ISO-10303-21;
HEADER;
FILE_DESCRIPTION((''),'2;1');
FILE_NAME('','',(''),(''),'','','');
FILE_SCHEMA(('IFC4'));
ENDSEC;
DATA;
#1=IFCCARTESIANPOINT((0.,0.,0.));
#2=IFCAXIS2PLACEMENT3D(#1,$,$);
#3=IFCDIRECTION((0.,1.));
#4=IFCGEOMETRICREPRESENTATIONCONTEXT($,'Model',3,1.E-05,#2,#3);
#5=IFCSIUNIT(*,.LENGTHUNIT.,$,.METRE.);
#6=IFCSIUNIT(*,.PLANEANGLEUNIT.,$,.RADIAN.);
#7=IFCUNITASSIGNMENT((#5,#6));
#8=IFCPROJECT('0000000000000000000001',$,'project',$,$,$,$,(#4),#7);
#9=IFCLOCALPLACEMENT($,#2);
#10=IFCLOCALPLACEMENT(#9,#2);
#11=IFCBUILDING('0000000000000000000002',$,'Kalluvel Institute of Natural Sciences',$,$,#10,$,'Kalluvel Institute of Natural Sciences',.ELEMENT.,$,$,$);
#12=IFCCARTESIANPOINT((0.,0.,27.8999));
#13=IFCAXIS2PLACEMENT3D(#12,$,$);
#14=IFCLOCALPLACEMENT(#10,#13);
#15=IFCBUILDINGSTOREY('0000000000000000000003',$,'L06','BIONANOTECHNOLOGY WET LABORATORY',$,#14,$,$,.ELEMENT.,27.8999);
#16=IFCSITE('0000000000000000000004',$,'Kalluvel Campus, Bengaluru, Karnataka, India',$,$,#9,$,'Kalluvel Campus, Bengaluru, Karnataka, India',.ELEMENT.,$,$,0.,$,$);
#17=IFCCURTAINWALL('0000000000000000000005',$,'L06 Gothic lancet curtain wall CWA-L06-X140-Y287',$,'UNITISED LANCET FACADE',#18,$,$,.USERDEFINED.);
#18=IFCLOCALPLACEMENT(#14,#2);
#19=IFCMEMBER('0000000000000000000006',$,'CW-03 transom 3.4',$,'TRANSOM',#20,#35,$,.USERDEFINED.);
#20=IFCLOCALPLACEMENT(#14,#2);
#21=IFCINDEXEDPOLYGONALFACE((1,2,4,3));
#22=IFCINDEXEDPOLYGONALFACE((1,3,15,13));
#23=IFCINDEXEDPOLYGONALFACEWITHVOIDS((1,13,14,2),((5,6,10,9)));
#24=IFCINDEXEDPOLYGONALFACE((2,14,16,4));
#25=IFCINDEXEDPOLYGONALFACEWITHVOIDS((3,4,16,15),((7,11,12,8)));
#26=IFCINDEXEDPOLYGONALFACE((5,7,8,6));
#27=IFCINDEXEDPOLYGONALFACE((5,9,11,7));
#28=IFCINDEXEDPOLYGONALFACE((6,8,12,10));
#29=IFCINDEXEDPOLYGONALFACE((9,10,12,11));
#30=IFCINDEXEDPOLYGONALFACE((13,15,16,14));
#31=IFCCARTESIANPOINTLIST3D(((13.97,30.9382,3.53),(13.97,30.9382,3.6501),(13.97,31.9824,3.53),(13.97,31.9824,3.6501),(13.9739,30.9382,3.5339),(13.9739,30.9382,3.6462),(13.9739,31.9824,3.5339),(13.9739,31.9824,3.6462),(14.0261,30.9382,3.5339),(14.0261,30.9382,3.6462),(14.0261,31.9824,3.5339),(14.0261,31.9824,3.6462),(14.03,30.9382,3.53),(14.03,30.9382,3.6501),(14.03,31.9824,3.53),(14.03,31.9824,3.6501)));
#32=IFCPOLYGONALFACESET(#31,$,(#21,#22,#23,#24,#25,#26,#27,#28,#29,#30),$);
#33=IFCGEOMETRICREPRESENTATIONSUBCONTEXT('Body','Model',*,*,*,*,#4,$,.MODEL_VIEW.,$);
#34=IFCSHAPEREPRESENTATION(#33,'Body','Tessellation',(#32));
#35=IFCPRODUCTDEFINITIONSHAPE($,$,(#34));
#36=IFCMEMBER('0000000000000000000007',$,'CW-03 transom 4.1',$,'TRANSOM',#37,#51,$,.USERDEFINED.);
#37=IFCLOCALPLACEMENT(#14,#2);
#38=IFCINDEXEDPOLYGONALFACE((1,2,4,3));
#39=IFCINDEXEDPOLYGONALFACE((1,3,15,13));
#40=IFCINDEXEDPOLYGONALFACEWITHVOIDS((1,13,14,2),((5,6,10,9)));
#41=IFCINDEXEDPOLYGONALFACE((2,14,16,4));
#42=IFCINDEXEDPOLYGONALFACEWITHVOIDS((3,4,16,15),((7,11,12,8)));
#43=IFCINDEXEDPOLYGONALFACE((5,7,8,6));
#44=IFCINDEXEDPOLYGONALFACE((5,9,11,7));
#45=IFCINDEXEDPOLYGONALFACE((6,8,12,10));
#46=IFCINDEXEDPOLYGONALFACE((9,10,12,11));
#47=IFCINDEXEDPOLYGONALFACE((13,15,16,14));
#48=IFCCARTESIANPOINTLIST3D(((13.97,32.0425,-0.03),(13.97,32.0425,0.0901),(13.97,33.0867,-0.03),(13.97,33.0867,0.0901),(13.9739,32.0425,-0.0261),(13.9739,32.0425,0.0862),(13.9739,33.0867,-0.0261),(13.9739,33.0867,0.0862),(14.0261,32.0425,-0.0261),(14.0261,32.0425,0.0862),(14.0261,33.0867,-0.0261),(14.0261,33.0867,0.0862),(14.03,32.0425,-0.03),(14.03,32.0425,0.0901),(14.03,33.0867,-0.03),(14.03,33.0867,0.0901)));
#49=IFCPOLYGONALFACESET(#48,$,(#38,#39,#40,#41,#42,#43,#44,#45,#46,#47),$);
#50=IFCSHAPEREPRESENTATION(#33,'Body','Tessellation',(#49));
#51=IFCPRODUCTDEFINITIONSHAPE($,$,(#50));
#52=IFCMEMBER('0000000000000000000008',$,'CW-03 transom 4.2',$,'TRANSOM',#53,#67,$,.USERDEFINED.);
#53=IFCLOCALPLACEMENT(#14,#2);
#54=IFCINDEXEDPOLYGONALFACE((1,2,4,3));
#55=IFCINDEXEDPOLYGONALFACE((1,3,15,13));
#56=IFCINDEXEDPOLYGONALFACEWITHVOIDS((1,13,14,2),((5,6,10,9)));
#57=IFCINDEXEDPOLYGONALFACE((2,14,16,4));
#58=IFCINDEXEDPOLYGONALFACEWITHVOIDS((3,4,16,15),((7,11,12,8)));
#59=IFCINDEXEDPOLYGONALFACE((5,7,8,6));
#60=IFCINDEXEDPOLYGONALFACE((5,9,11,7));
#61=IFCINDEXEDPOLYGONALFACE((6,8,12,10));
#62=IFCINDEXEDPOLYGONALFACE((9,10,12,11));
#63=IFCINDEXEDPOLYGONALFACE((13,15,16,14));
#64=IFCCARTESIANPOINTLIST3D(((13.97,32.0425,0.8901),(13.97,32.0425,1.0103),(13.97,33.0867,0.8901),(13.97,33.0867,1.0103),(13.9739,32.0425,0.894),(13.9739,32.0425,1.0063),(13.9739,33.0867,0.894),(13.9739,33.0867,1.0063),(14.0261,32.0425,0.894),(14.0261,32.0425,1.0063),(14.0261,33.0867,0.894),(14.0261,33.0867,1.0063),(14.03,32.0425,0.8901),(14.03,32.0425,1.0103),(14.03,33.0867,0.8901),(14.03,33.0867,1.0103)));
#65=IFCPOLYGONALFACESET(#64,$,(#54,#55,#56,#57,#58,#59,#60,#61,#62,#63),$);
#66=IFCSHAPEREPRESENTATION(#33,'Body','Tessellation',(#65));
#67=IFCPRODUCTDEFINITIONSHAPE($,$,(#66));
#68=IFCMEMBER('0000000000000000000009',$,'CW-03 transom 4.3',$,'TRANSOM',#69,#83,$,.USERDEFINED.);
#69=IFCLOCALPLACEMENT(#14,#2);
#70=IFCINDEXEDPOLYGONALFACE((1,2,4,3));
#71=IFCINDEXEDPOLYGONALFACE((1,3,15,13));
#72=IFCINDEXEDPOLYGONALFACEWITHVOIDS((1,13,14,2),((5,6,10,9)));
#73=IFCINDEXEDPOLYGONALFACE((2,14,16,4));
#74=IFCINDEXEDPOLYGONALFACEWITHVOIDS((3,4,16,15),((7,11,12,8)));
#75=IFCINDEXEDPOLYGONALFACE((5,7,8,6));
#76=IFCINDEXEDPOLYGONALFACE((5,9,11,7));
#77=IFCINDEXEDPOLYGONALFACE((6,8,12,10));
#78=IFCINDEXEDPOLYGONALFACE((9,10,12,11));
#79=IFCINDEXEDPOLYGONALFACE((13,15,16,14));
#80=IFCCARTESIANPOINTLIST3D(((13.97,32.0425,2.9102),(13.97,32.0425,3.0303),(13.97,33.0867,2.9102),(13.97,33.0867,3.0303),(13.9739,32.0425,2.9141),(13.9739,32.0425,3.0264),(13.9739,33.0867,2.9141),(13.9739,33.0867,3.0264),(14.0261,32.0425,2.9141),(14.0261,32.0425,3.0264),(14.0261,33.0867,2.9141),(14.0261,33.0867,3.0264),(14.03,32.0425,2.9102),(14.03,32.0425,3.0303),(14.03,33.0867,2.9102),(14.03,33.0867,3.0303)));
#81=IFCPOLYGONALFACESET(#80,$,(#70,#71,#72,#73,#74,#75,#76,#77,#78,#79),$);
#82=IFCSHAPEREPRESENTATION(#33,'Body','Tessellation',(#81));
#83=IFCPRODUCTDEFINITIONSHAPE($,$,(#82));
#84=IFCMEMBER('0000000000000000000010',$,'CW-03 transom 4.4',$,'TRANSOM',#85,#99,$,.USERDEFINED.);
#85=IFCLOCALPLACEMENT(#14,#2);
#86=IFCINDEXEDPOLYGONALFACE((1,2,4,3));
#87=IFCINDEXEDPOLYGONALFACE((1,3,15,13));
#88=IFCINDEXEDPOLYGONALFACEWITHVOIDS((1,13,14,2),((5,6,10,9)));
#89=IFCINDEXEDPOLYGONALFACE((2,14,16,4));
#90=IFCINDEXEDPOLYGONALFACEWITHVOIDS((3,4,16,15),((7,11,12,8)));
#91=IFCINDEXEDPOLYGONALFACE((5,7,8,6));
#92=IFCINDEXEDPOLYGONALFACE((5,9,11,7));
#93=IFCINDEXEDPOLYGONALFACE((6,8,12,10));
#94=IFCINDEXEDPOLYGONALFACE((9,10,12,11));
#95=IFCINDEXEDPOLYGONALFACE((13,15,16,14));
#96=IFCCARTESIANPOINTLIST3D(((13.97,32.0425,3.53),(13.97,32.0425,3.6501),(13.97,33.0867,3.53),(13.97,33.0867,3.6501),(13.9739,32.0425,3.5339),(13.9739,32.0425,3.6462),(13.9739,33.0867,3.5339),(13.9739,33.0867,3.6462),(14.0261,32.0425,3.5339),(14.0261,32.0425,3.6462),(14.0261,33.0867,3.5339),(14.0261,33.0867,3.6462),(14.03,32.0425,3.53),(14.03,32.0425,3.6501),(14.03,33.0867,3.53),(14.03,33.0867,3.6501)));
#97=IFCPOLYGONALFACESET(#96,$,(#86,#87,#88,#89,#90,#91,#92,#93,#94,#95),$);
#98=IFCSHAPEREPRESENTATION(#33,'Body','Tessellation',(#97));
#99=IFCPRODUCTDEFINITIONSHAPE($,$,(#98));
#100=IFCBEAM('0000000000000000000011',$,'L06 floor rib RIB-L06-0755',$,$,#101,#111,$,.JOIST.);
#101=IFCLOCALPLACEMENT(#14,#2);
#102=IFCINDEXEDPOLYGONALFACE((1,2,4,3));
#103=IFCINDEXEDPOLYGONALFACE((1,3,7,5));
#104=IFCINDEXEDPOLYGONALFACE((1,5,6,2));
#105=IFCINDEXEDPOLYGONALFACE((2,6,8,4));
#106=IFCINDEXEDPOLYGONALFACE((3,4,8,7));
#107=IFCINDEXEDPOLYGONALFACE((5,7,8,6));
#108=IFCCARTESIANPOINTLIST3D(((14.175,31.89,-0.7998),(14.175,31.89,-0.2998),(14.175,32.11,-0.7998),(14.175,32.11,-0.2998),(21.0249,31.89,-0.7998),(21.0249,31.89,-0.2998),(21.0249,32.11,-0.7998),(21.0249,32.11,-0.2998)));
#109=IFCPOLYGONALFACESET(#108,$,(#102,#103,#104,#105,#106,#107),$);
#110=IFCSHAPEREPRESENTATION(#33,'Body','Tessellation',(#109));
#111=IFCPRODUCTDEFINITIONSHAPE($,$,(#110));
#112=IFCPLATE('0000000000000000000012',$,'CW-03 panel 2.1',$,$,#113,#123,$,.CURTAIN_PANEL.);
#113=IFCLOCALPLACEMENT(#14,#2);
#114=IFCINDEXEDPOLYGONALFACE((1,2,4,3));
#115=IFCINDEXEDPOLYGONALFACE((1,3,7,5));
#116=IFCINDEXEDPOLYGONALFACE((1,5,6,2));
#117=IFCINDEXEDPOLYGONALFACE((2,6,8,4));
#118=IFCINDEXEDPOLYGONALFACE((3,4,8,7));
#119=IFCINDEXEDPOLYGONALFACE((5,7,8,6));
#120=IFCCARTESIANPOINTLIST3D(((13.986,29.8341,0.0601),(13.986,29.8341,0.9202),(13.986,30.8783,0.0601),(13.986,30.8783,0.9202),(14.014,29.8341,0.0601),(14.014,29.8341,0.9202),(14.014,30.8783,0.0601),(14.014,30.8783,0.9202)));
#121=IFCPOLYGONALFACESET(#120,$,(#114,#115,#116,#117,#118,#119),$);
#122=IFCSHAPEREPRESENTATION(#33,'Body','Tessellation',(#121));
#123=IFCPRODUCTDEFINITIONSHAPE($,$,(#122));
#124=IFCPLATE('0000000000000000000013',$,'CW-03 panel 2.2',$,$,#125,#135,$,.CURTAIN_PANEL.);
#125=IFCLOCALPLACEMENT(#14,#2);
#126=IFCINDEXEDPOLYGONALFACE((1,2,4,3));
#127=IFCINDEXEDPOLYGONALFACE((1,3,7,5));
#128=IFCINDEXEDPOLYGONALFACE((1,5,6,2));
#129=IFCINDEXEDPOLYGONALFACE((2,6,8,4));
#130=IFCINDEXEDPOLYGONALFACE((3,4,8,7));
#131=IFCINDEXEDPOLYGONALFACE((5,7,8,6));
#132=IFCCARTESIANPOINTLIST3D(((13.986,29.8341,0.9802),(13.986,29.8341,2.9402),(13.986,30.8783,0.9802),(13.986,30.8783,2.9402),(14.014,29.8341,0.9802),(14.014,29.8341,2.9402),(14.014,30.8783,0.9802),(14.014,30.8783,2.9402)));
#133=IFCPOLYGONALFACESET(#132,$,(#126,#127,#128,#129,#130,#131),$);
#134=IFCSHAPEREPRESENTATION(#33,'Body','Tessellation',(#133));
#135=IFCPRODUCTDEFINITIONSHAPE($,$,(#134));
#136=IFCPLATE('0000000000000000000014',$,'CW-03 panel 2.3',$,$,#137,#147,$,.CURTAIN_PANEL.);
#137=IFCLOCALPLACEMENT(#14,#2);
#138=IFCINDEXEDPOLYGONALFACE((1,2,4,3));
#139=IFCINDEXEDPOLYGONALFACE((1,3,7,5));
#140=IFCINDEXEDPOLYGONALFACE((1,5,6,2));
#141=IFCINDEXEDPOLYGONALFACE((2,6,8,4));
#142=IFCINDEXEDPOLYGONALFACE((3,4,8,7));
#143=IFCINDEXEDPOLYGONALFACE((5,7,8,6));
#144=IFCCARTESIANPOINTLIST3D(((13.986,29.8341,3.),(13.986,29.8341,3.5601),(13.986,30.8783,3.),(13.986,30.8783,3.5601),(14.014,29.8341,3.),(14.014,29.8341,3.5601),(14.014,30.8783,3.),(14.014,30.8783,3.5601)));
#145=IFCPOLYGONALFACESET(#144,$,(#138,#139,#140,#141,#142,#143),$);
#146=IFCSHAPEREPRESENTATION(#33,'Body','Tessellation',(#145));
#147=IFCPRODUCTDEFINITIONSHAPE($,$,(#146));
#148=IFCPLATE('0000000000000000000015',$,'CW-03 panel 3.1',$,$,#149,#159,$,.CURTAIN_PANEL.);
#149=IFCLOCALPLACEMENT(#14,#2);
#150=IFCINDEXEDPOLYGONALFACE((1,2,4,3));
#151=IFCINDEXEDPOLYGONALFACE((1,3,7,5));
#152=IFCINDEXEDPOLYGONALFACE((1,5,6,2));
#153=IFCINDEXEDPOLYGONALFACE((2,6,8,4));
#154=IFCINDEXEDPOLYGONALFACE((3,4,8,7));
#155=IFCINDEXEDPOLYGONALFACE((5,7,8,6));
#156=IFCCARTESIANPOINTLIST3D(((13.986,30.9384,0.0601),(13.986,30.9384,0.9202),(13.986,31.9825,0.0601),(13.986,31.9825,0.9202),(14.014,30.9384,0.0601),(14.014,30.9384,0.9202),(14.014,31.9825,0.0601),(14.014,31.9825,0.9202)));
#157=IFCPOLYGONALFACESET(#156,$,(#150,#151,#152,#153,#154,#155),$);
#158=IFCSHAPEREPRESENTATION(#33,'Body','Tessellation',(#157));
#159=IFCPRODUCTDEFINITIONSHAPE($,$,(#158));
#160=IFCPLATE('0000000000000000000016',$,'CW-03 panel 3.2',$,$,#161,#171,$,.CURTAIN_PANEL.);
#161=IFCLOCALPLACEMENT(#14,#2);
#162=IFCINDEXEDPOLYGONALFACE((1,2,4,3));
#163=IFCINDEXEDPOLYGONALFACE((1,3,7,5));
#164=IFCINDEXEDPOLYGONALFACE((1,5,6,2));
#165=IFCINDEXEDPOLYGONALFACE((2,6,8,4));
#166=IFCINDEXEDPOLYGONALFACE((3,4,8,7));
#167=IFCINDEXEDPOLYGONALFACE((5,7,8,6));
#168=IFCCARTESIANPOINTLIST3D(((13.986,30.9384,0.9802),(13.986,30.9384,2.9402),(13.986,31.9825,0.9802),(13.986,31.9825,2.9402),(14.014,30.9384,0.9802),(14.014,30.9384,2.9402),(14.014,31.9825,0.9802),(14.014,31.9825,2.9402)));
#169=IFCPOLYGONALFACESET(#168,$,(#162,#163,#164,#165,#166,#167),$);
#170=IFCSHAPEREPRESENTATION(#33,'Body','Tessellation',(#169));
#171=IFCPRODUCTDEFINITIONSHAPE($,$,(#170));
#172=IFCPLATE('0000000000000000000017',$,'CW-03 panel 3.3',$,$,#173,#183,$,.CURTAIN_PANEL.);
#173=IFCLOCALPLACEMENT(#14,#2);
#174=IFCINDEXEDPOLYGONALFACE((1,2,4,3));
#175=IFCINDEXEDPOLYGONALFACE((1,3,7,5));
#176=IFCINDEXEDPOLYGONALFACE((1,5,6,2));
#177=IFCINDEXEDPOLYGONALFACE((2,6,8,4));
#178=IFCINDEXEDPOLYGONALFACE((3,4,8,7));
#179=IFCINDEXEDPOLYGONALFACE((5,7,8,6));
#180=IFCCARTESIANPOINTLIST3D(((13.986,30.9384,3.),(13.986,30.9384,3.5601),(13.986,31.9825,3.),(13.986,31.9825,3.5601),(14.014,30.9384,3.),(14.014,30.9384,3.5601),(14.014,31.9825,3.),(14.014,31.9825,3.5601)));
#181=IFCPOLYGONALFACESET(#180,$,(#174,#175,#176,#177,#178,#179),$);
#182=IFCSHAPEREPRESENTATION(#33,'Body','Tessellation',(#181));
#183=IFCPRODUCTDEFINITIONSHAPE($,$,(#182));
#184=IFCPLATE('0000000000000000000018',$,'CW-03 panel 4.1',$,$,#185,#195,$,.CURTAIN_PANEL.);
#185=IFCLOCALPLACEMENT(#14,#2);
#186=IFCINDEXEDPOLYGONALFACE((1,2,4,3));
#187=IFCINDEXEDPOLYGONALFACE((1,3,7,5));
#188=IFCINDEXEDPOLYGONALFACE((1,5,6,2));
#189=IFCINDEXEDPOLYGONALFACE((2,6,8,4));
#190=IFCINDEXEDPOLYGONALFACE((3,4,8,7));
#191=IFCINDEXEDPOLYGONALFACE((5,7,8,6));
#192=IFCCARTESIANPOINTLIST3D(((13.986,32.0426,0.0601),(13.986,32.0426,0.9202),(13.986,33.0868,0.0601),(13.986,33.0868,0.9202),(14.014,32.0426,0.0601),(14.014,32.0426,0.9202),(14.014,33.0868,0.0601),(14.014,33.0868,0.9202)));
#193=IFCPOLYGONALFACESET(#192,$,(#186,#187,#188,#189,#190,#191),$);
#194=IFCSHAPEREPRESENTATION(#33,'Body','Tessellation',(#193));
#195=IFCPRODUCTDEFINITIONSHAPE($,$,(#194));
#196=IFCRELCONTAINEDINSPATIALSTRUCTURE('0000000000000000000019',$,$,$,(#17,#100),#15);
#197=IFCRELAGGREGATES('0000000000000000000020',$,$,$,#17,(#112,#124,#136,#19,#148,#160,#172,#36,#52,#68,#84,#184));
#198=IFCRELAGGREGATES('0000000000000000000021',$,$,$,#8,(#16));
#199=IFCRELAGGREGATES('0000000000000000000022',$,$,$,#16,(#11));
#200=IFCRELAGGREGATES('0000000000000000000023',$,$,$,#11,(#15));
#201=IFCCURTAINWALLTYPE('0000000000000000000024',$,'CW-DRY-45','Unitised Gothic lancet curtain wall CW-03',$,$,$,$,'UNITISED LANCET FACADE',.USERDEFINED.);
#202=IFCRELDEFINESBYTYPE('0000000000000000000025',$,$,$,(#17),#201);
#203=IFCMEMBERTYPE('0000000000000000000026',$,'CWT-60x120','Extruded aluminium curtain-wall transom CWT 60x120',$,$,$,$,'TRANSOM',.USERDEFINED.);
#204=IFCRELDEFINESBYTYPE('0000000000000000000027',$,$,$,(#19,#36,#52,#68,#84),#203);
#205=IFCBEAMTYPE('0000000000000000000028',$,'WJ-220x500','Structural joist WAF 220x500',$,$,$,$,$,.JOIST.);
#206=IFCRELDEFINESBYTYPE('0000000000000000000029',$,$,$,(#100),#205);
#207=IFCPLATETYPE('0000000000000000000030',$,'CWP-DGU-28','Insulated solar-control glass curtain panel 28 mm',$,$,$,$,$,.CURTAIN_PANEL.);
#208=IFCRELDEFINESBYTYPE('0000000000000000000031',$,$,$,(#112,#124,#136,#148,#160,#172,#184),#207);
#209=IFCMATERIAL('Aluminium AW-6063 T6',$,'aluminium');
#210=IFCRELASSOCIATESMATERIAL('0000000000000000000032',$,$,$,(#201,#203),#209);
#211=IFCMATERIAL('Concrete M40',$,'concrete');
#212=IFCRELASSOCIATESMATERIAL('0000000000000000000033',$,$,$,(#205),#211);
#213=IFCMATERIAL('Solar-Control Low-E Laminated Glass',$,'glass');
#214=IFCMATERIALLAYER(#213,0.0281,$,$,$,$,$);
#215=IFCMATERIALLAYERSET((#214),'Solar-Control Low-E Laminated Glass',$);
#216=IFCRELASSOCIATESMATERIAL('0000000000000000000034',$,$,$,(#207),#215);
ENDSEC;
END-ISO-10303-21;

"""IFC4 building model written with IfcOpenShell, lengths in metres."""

from ifc_helpers import new_model, si_unit, direction, frame, origin, origin_2d, place, context, subcontext, project, spatial, rectangle, hollow_rectangle, extrude, material, layer, layer_set, material_profile, profile_set, type_object, element, aggregate, save


model = new_model("IFC4")

# Units and contexts
model_context = context("Model", 3, precision=1e-05, world=origin(), true_north=direction((0.0, 1.0)))
body_context = subcontext(model_context, "Body", "Model", "MODEL_VIEW")
ifc_project = project(units=[si_unit("LENGTHUNIT", "METRE"), si_unit("PLANEANGLEUNIT", "RADIAN")], contexts=[model_context])

# Site, building, storey
site_placement = place(None, origin())
site = spatial("IfcSite", under=ifc_project, at=site_placement, Name="Kalluvel Campus, Bengaluru, Karnataka, India", LongName="Kalluvel Campus, Bengaluru, Karnataka, India", CompositionType="ELEMENT", RefElevation=0.0)
building_placement = place(site_placement, origin())
building = spatial("IfcBuilding", under=site, at=building_placement, Name="Kalluvel Institute of Natural Sciences", LongName="Kalluvel Institute of Natural Sciences", CompositionType="ELEMENT")
storey_placement = place(building_placement, frame((0.0, 0.0, 27.8999)))
storey = spatial("IfcBuildingStorey", under=building, at=storey_placement, Name="L06", Description="BIONANOTECHNOLOGY WET LABORATORY", CompositionType="ELEMENT", Elevation=27.8999)

# Curtain wall, members
ifc_material_1 = material(Name="Aluminium AW-6063 T6", Category="aluminium")
curtain_wall_type = type_object("IfcCurtainWallType", Name="CW-DRY-45", Description="Unitised Gothic lancet curtain wall CW-03", ElementType="UNITISED LANCET FACADE", PredefinedType="USERDEFINED", material=ifc_material_1)
curtain_wall_placement = place(storey_placement, origin())
curtain_wall = element("IfcCurtainWall", 1, at=curtain_wall_placement, inside=storey, type_object=curtain_wall_type, Name="L06 Gothic lancet curtain wall CWA-L06-X140-Y287", ObjectType="UNITISED LANCET FACADE", PredefinedType="USERDEFINED")
ifc_material_profile_1 = material_profile(ifc_material_1, hollow_rectangle(XDim=0.0601, YDim=0.1201, WallThickness=0.0039, at=origin_2d()), Name="CWT 60x120")
ifc_profile_set_1 = profile_set([ifc_material_profile_1], Name="Aluminium AW-6063 T6")
member_type_1 = type_object("IfcMemberType", Name="CWT-60x120", Description="Extruded aluminium curtain-wall transom CWT 60x120", ElementType="TRANSOM", PredefinedType="USERDEFINED", material=ifc_profile_set_1)
member_1_placement = place(storey_placement, frame((14.0, 30.9382, 3.5901), z_axis=(0.0, 1.0, 0.0), x_axis=(-1.0, 0.0, 0.0)))
member_1 = element("IfcMember", 2, at=member_1_placement, type_object=member_type_1, Name="CW-03 transom 3.4", ObjectType="TRANSOM", PredefinedType="USERDEFINED", context=body_context, shape_type="SweptSolid", body=[
    extrude(hollow_rectangle(XDim=0.0601, YDim=0.1201, WallThickness=0.0039, at=origin_2d()), origin(), (0.0, 0.0, 1.0), 1.0442),
])
member_2_placement = place(storey_placement, frame((14.0, 32.0425, 0.03), z_axis=(0.0, 1.0, 0.0), x_axis=(-1.0, 0.0, 0.0)))
member_2 = element("IfcMember", 3, at=member_2_placement, type_object=member_type_1, Name="CW-03 transom 4.1", ObjectType="TRANSOM", PredefinedType="USERDEFINED", context=body_context, shape_type="SweptSolid", body=[
    extrude(hollow_rectangle(XDim=0.0601, YDim=0.1201, WallThickness=0.0039, at=origin_2d()), origin(), (0.0, 0.0, 1.0), 1.0442),
])
member_3_placement = place(storey_placement, frame((14.0, 32.0425, 0.9502), z_axis=(0.0, 1.0, 0.0), x_axis=(-1.0, 0.0, 0.0)))
member_3 = element("IfcMember", 4, at=member_3_placement, type_object=member_type_1, Name="CW-03 transom 4.2", ObjectType="TRANSOM", PredefinedType="USERDEFINED", context=body_context, shape_type="SweptSolid", body=[
    extrude(hollow_rectangle(XDim=0.0601, YDim=0.1201, WallThickness=0.0039, at=origin_2d()), origin(), (0.0, 0.0, 1.0), 1.0442),
])
member_4_placement = place(storey_placement, frame((14.0, 32.0425, 2.9702), z_axis=(0.0, 1.0, 0.0), x_axis=(-1.0, 0.0, 0.0)))
member_4 = element("IfcMember", 5, at=member_4_placement, type_object=member_type_1, Name="CW-03 transom 4.3", ObjectType="TRANSOM", PredefinedType="USERDEFINED", context=body_context, shape_type="SweptSolid", body=[
    extrude(hollow_rectangle(XDim=0.0601, YDim=0.1201, WallThickness=0.0039, at=origin_2d()), origin(), (0.0, 0.0, 1.0), 1.0442),
])
member_5_placement = place(storey_placement, frame((14.0, 32.0425, 3.5901), z_axis=(0.0, 1.0, 0.0), x_axis=(-1.0, 0.0, 0.0)))
member_5 = element("IfcMember", 6, at=member_5_placement, type_object=member_type_1, Name="CW-03 transom 4.4", ObjectType="TRANSOM", PredefinedType="USERDEFINED", context=body_context, shape_type="SweptSolid", body=[
    extrude(hollow_rectangle(XDim=0.0601, YDim=0.1201, WallThickness=0.0039, at=origin_2d()), origin(), (0.0, 0.0, 1.0), 1.0442),
])

# Beam
ifc_material_2 = material(Name="Concrete M40", Category="concrete")
ifc_material_profile_2 = material_profile(ifc_material_2, rectangle(XDim=0.22, YDim=0.5, at=origin_2d()), Name="WAF 220x500")
ifc_profile_set_2 = profile_set([ifc_material_profile_2], Name="Concrete M40")
beam_type = type_object("IfcBeamType", Name="WJ-220x500", Description="Structural joist WAF 220x500", PredefinedType="JOIST", material=ifc_profile_set_2)
beam_placement = place(storey_placement, frame((14.175, 32.0, -0.5498), z_axis=(1.0, 0.0, 0.0), x_axis=(0.0, 1.0, 0.0)))
element("IfcBeam", 7, at=beam_placement, inside=storey, type_object=beam_type, Name="L06 floor rib RIB-L06-0755", PredefinedType="JOIST", context=body_context, shape_type="SweptSolid", body=[
    extrude(rectangle(XDim=0.22, YDim=0.5, at=origin_2d()), origin(), (0.0, 0.0, 1.0), 6.8499),
])

# Plates
ifc_material_3 = material(Name="Solar-Control Low-E Laminated Glass", Category="glass")
ifc_layer = layer(ifc_material_3, 0.0281)
ifc_layer_set = layer_set([ifc_layer], Name="Solar-Control Low-E Laminated Glass")
plate_type = type_object("IfcPlateType", Name="CWP-DGU-28", Description="Insulated solar-control glass curtain panel 28 mm", PredefinedType="CURTAIN_PANEL", material=ifc_layer_set)
plate_1_placement = place(storey_placement, frame((14.0, 30.3562, 0.0601), z_axis=(0.0, 0.0, 1.0), x_axis=(0.0, 1.0, 0.0)))
plate_1 = element("IfcPlate", 8, at=plate_1_placement, type_object=plate_type, Name="CW-03 panel 2.1", PredefinedType="CURTAIN_PANEL", context=body_context, shape_type="SweptSolid", body=[
    extrude(rectangle(XDim=1.0442, YDim=0.0281, at=origin_2d()), origin(), (0.0, 0.0, 1.0), 0.8601),
])
plate_2_placement = place(storey_placement, frame((14.0, 30.3562, 0.9802), z_axis=(0.0, 0.0, 1.0), x_axis=(0.0, 1.0, 0.0)))
plate_2 = element("IfcPlate", 9, at=plate_2_placement, type_object=plate_type, Name="CW-03 panel 2.2", PredefinedType="CURTAIN_PANEL", context=body_context, shape_type="SweptSolid", body=[
    extrude(rectangle(XDim=1.0442, YDim=0.0281, at=origin_2d()), origin(), (0.0, 0.0, 1.0), 1.96),
])
plate_3_placement = place(storey_placement, frame((14.0, 30.3562, 3.0), z_axis=(0.0, 0.0, 1.0), x_axis=(0.0, 1.0, 0.0)))
plate_3 = element("IfcPlate", 10, at=plate_3_placement, type_object=plate_type, Name="CW-03 panel 2.3", PredefinedType="CURTAIN_PANEL", context=body_context, shape_type="SweptSolid", body=[
    extrude(rectangle(XDim=1.0442, YDim=0.0281, at=origin_2d()), origin(), (0.0, 0.0, 1.0), 0.5601),
])
plate_4_placement = place(storey_placement, frame((14.0, 31.4604, 0.0601), z_axis=(0.0, 0.0, 1.0), x_axis=(0.0, 1.0, 0.0)))
plate_4 = element("IfcPlate", 11, at=plate_4_placement, type_object=plate_type, Name="CW-03 panel 3.1", PredefinedType="CURTAIN_PANEL", context=body_context, shape_type="SweptSolid", body=[
    extrude(rectangle(XDim=1.0442, YDim=0.0281, at=origin_2d()), origin(), (0.0, 0.0, 1.0), 0.8601),
])
plate_5_placement = place(storey_placement, frame((14.0, 31.4604, 0.9802), z_axis=(0.0, 0.0, 1.0), x_axis=(0.0, 1.0, 0.0)))
plate_5 = element("IfcPlate", 12, at=plate_5_placement, type_object=plate_type, Name="CW-03 panel 3.2", PredefinedType="CURTAIN_PANEL", context=body_context, shape_type="SweptSolid", body=[
    extrude(rectangle(XDim=1.0442, YDim=0.0281, at=origin_2d()), origin(), (0.0, 0.0, 1.0), 1.96),
])
plate_6_placement = place(storey_placement, frame((14.0, 31.4604, 3.0), z_axis=(0.0, 0.0, 1.0), x_axis=(0.0, 1.0, 0.0)))
plate_6 = element("IfcPlate", 13, at=plate_6_placement, type_object=plate_type, Name="CW-03 panel 3.3", PredefinedType="CURTAIN_PANEL", context=body_context, shape_type="SweptSolid", body=[
    extrude(rectangle(XDim=1.0442, YDim=0.0281, at=origin_2d()), origin(), (0.0, 0.0, 1.0), 0.5601),
])
plate_7_placement = place(storey_placement, frame((14.0, 32.5647, 0.0601), z_axis=(0.0, 0.0, 1.0), x_axis=(0.0, 1.0, 0.0)))
plate_7 = element("IfcPlate", 14, at=plate_7_placement, type_object=plate_type, Name="CW-03 panel 4.1", PredefinedType="CURTAIN_PANEL", context=body_context, shape_type="SweptSolid", body=[
    extrude(rectangle(XDim=1.0442, YDim=0.0281, at=origin_2d()), origin(), (0.0, 0.0, 1.0), 0.8601),
])
aggregate(curtain_wall, [plate_1, plate_2, plate_3, member_1, plate_4, plate_5, plate_6, member_2, member_3, member_4, member_5, plate_7])

save(model, "model.ifc")
